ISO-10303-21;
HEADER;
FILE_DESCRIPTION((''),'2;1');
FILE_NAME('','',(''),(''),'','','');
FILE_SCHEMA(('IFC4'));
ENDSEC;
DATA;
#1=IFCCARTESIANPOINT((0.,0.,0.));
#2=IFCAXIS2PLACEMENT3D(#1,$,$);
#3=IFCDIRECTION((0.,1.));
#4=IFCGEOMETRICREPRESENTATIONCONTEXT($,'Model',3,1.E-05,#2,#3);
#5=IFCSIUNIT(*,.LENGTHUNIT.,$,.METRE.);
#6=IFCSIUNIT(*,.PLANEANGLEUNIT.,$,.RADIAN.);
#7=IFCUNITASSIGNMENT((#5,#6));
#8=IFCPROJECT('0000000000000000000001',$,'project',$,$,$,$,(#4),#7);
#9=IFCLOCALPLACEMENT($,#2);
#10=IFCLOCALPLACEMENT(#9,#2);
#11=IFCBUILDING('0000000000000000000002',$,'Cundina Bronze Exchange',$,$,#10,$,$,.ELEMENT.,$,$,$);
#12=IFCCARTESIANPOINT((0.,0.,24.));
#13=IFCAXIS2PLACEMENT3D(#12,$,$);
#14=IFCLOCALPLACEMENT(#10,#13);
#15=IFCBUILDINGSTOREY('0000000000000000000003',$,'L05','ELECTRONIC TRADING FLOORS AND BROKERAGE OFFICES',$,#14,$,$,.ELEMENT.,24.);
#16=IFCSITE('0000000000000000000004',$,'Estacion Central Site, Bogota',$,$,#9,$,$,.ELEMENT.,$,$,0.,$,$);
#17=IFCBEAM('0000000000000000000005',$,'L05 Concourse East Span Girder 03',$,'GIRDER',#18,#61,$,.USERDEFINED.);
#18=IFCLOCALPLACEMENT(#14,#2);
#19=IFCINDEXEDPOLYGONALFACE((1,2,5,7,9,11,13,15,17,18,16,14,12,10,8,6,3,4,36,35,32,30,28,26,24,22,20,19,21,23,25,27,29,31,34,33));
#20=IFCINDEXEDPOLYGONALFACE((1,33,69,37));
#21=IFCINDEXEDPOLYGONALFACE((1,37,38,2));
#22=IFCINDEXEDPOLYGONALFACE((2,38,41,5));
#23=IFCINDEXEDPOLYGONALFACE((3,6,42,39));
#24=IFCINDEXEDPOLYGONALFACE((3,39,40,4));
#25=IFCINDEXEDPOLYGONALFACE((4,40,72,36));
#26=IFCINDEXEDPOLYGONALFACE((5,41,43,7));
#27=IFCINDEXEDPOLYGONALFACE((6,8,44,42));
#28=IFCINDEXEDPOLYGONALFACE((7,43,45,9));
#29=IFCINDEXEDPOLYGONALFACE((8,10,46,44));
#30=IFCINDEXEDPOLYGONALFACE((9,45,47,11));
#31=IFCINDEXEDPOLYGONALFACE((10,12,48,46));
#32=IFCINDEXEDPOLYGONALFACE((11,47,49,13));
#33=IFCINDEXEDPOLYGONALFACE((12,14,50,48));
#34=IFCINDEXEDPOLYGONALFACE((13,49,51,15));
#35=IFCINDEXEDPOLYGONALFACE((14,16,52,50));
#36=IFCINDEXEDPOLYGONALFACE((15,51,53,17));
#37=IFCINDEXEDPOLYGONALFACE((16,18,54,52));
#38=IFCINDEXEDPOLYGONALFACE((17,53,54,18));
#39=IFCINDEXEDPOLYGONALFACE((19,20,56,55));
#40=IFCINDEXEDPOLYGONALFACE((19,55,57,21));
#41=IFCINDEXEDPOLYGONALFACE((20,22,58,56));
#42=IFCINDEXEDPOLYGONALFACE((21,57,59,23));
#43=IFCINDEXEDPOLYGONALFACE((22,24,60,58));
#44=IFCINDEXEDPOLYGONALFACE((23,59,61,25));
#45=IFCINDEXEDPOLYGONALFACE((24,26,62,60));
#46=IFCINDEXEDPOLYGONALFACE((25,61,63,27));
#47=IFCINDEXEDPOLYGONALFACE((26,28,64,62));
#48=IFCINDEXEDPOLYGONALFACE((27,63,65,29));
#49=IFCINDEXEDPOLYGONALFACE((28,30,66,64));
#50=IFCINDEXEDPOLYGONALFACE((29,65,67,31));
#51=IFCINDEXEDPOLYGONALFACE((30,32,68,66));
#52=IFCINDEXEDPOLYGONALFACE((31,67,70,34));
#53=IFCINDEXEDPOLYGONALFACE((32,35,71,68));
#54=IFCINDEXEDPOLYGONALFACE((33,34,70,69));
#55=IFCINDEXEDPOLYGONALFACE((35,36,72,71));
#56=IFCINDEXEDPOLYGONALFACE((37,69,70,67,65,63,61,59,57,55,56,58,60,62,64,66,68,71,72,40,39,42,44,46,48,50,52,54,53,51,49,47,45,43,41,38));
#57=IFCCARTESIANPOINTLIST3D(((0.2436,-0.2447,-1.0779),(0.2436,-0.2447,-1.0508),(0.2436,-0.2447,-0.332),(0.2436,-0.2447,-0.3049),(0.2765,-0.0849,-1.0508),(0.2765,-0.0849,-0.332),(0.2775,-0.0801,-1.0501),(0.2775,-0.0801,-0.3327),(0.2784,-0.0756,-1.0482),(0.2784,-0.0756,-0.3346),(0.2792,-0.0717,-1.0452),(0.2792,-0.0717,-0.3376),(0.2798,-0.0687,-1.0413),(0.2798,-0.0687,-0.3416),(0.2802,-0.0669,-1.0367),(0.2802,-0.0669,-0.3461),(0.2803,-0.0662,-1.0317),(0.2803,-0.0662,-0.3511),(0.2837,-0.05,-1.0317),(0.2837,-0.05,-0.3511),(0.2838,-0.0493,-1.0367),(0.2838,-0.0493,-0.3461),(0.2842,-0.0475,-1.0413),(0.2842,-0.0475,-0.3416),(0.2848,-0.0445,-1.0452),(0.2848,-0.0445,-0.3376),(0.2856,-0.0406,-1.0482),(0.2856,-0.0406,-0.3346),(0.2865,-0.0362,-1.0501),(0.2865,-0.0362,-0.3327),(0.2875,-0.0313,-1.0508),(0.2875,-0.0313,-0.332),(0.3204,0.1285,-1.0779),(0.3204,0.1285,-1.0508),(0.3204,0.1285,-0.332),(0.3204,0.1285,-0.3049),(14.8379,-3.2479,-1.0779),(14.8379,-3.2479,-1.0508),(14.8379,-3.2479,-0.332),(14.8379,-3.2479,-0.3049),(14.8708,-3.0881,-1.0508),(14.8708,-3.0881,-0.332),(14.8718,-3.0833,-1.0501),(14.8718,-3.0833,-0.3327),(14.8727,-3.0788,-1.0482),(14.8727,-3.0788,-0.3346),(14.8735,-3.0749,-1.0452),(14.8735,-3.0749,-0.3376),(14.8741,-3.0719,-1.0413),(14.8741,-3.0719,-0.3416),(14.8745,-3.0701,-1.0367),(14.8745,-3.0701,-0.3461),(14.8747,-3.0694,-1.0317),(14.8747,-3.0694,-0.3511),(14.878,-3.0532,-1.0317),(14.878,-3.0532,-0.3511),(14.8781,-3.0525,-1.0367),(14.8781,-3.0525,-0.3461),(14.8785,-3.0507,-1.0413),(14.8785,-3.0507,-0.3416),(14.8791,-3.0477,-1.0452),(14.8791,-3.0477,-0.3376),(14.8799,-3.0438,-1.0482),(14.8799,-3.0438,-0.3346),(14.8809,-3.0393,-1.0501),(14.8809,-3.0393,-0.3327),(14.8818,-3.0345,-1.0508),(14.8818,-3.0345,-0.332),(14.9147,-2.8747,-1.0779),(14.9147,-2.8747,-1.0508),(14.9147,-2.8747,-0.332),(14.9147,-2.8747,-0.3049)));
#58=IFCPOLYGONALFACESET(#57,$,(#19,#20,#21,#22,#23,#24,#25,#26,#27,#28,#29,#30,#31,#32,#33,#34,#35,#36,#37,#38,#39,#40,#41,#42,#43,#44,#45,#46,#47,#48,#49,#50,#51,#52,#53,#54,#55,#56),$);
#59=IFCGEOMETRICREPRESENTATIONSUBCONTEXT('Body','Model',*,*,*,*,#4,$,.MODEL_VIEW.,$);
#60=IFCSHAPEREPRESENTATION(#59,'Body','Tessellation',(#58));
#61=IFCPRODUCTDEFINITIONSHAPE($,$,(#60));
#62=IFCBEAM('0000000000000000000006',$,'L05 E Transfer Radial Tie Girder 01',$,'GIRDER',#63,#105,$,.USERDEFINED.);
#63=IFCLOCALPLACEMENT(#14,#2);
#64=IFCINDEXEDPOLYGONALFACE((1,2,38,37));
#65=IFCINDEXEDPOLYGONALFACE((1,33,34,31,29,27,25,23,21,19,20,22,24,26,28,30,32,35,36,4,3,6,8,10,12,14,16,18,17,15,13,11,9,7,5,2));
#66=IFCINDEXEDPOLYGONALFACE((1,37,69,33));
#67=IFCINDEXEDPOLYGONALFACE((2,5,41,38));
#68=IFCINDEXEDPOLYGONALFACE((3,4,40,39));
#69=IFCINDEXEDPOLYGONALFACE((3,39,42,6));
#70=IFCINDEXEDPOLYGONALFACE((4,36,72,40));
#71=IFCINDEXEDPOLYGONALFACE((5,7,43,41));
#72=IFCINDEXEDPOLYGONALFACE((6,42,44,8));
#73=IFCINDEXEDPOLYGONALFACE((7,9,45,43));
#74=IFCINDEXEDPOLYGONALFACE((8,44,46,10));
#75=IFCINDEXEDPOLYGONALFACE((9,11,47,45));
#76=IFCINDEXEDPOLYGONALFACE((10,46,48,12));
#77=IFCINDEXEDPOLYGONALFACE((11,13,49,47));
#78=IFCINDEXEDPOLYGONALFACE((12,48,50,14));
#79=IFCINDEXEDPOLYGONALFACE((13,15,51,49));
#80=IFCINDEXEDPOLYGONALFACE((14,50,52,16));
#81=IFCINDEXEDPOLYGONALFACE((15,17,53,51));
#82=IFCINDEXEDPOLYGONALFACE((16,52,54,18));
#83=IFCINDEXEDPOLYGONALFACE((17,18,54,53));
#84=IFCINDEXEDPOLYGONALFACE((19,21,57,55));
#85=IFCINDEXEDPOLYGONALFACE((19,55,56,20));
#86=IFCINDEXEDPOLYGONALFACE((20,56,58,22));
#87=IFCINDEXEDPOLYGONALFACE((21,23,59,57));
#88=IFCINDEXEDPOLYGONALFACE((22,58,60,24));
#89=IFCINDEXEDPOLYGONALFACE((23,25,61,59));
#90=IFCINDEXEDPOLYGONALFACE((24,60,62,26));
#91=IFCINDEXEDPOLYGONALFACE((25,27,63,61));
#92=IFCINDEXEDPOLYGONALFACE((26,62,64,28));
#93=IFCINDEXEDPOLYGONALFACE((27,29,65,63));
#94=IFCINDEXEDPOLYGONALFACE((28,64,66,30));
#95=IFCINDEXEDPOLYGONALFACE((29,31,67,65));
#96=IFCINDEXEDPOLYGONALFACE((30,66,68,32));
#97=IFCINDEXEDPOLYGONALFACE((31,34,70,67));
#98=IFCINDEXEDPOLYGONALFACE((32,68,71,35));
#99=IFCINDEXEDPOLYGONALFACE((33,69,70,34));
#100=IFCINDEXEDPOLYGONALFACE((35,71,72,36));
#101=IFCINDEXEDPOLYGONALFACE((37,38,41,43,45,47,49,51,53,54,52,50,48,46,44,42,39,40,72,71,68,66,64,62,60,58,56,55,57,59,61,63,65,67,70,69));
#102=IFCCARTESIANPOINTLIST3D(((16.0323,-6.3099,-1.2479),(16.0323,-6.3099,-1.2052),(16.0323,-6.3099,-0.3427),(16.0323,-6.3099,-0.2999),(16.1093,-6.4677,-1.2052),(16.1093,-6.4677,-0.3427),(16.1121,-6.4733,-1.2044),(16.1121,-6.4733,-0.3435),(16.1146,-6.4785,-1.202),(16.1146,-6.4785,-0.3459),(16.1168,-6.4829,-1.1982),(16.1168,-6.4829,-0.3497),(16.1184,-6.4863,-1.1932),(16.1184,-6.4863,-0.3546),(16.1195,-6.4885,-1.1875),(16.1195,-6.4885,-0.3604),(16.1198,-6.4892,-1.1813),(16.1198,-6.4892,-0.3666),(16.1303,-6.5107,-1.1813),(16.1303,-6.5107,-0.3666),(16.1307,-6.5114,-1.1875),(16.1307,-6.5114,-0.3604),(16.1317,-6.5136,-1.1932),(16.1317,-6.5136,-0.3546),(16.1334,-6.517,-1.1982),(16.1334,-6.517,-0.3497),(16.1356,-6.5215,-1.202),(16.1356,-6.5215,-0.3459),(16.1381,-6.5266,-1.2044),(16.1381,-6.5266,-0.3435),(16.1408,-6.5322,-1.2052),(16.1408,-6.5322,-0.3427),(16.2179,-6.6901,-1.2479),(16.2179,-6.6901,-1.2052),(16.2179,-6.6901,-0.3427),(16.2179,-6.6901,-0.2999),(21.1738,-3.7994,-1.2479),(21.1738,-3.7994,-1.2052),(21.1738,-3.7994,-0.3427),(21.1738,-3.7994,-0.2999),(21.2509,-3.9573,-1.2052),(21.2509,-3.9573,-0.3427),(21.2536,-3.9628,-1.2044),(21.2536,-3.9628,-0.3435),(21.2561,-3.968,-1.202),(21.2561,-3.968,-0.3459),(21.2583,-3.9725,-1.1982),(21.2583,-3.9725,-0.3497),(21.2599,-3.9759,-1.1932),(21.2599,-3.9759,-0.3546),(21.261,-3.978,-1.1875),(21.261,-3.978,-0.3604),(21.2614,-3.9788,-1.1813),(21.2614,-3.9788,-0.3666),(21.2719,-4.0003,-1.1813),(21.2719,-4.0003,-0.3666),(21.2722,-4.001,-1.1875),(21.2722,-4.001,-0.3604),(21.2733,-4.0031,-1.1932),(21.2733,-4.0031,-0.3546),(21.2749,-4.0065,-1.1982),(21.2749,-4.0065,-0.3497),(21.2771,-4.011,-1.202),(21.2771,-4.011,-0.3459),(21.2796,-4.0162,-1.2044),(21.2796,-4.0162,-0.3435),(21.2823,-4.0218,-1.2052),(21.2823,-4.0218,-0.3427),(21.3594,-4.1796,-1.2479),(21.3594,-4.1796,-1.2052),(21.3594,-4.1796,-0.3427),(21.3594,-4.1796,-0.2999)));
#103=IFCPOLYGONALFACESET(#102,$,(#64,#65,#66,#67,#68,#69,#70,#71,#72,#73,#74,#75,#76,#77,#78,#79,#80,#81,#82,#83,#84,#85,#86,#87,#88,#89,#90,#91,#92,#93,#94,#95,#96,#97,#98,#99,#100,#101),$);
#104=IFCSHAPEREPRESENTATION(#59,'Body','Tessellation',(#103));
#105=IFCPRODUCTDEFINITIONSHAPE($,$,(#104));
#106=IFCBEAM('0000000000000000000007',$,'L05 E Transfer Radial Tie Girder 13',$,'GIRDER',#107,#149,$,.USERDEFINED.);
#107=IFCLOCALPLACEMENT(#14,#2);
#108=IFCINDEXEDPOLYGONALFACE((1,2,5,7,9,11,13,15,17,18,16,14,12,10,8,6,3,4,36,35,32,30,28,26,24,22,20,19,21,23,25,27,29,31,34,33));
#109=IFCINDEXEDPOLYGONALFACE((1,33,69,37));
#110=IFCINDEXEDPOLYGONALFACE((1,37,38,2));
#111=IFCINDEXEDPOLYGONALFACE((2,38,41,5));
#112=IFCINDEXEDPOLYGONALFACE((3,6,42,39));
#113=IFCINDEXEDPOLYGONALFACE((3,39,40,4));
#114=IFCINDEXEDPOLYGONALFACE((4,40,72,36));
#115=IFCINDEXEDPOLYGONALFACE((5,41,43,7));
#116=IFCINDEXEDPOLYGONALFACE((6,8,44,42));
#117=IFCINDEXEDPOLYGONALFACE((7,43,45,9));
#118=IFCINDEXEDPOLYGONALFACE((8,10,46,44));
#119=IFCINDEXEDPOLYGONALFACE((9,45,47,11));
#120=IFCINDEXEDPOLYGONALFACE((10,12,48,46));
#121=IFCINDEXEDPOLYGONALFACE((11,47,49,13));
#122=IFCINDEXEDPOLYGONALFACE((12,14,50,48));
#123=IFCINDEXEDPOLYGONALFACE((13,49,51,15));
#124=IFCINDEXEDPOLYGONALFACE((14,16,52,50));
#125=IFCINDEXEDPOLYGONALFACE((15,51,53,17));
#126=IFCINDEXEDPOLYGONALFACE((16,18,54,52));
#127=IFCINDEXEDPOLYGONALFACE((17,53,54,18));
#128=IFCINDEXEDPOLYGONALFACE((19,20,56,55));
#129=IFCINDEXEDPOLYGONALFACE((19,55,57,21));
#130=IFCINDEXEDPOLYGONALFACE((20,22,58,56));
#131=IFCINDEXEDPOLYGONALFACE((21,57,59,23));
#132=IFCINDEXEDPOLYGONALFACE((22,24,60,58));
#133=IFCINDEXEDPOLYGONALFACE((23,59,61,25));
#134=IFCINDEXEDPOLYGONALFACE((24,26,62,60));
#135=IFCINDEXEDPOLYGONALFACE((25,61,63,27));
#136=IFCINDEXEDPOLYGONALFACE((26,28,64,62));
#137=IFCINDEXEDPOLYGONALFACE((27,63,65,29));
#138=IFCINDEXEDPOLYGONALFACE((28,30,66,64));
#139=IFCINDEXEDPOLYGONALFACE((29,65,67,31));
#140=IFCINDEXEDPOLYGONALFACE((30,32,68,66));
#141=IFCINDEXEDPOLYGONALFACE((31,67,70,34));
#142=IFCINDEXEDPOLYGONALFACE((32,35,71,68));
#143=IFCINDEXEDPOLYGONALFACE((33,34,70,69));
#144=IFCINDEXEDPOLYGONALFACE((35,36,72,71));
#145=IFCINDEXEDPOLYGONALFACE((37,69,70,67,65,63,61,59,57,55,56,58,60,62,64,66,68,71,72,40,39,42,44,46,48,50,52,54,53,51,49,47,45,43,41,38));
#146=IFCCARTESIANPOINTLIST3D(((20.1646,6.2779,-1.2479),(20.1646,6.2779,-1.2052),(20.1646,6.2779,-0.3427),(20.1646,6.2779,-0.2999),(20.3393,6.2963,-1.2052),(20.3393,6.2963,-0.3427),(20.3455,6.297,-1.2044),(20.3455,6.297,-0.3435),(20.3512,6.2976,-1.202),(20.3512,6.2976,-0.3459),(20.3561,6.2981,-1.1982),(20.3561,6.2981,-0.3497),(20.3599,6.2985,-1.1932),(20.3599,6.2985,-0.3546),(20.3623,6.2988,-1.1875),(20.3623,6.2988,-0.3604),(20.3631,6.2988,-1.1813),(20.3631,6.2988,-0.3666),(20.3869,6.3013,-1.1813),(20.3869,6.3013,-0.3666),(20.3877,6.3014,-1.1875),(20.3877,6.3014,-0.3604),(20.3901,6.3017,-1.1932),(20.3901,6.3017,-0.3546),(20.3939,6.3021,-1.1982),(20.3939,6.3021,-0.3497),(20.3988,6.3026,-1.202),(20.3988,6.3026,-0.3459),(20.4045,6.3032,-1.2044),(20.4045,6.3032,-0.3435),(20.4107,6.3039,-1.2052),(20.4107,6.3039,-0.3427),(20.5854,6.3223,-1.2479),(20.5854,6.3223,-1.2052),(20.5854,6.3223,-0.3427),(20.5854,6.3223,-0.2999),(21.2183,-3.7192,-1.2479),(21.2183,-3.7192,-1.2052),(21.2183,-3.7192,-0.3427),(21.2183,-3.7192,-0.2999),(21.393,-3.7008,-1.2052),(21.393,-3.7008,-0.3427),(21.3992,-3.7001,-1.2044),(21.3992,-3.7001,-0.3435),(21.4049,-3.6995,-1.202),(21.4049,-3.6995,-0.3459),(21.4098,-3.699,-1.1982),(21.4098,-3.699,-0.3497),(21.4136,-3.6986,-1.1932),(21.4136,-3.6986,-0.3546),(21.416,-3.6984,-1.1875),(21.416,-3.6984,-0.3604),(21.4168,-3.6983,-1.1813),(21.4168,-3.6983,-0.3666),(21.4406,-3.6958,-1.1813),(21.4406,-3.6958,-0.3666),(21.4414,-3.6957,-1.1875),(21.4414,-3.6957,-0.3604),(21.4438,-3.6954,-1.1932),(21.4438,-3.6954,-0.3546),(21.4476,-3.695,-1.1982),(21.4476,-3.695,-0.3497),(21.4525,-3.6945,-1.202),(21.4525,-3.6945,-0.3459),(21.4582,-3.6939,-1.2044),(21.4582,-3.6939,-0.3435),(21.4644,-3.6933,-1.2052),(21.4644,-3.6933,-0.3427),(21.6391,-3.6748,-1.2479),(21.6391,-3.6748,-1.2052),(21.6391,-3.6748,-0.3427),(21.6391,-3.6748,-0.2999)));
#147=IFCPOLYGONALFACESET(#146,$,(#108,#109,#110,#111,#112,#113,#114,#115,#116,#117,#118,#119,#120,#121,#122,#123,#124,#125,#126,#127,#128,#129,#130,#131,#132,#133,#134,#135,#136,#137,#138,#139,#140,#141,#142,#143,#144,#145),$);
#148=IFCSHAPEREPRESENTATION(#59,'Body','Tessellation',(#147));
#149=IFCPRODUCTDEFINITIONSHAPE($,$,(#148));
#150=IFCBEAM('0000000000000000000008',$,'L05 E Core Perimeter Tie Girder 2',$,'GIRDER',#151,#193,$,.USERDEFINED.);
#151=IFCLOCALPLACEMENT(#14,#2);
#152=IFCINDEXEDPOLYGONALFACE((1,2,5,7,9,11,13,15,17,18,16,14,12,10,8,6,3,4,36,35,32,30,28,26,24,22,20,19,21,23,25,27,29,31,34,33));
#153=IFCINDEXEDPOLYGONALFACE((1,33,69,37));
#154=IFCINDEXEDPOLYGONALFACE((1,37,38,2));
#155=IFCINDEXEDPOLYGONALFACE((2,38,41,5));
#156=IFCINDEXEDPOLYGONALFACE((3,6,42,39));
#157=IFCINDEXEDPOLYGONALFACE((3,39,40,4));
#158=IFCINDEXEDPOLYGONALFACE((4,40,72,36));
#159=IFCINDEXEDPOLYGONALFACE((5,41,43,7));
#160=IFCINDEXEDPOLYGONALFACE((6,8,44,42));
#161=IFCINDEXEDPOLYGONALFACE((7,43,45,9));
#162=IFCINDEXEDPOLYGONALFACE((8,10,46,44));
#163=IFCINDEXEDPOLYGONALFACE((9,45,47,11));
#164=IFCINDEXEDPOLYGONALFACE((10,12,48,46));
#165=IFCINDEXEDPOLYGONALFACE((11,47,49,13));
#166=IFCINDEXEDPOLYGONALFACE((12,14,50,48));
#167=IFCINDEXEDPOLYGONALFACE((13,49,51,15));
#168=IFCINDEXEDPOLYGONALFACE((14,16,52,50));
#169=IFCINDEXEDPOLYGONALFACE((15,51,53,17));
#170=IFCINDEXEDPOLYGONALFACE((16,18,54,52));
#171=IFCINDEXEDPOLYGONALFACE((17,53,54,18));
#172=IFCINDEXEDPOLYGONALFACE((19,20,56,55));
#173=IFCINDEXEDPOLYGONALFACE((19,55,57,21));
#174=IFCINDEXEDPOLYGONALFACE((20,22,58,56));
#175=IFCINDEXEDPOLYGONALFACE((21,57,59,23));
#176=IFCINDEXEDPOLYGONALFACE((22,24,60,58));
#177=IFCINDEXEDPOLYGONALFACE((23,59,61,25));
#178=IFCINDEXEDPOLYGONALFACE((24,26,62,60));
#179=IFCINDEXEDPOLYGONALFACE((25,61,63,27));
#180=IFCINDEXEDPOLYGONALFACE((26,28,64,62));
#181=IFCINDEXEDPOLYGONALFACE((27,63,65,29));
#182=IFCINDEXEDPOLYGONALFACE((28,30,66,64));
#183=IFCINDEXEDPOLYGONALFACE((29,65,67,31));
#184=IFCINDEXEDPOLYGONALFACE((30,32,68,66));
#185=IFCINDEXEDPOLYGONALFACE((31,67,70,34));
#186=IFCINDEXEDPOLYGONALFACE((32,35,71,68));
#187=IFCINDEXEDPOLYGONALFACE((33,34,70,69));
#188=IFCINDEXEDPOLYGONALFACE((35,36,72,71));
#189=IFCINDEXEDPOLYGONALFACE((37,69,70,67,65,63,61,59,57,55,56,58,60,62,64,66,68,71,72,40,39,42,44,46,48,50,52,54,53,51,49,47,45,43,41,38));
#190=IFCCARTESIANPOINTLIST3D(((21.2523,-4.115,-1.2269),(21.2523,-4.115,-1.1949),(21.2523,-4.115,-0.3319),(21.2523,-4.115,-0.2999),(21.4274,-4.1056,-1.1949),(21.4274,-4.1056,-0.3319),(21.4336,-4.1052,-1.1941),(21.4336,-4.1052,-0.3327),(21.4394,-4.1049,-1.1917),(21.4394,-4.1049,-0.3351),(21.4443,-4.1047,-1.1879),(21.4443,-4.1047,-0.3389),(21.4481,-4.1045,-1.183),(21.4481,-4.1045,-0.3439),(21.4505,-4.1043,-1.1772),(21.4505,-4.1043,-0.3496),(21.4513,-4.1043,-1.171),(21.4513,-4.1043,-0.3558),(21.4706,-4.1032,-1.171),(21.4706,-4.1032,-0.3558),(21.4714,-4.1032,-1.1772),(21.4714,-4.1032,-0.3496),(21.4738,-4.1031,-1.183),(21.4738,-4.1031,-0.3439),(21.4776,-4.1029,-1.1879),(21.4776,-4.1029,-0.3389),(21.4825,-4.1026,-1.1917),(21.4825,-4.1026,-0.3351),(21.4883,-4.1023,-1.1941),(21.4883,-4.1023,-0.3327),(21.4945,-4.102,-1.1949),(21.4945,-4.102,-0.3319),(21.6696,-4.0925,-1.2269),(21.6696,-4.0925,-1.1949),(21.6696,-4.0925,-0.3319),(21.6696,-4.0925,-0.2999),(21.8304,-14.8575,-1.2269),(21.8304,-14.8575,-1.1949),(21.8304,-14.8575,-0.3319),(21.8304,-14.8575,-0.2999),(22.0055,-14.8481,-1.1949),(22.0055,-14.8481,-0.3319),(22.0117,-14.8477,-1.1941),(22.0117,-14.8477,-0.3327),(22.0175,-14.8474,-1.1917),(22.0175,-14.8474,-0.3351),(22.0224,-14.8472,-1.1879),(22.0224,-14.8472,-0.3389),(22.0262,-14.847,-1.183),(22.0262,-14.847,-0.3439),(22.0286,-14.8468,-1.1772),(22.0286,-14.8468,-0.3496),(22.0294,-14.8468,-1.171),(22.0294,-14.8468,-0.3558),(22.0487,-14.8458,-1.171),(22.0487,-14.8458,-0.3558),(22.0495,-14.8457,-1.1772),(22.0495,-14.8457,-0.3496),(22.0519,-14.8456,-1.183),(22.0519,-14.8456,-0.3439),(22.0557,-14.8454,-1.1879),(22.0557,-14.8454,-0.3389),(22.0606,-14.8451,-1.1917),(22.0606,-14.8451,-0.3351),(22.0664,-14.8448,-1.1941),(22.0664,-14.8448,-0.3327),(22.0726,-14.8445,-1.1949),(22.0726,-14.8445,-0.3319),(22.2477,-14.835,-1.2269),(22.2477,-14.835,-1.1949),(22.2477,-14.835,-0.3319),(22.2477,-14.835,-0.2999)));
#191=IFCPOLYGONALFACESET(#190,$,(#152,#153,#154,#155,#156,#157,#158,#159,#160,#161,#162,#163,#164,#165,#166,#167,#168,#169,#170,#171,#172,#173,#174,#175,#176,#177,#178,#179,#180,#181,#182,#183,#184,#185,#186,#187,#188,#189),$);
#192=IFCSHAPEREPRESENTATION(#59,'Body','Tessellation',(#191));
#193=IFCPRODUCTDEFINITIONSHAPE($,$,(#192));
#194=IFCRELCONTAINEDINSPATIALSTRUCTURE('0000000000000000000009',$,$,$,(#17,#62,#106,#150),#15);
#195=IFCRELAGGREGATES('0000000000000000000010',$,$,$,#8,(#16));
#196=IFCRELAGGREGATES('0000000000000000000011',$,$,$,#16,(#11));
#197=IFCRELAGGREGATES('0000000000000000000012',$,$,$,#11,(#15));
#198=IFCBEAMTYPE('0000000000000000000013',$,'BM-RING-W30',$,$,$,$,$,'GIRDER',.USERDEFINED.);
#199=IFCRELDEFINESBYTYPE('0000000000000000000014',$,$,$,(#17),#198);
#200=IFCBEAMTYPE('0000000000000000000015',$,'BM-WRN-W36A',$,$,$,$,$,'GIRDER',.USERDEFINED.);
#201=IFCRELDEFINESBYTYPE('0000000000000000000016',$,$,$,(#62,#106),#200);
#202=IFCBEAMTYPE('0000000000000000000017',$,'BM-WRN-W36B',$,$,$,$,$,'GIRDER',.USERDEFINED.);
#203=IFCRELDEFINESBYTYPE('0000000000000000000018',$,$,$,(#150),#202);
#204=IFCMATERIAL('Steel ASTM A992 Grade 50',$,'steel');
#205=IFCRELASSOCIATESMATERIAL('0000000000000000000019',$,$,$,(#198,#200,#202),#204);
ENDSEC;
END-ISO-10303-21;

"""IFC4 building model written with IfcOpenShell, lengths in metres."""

from ifc_helpers import new_model, si_unit, direction, frame, origin, origin_2d, place, context, subcontext, project, spatial, i_section, extrude, material, material_profile, profile_set, type_object, element, save


model = new_model("IFC4")

# Units and contexts
model_context = context("Model", 3, precision=1e-05, world=origin(), true_north=direction((0.0, 1.0)))
body_context = subcontext(model_context, "Body", "Model", "MODEL_VIEW")
ifc_project = project(units=[si_unit("LENGTHUNIT", "METRE"), si_unit("PLANEANGLEUNIT", "RADIAN")], contexts=[model_context])

# Site, building, storey
site_placement = place(None, origin())
site = spatial("IfcSite", under=ifc_project, at=site_placement, Name="Estacion Central Site, Bogota", CompositionType="ELEMENT", RefElevation=0.0)
building_placement = place(site_placement, origin())
building = spatial("IfcBuilding", under=site, at=building_placement, Name="Cundina Bronze Exchange", CompositionType="ELEMENT")
storey_placement = place(building_placement, frame((0.0, 0.0, 24.0)))
storey = spatial("IfcBuildingStorey", under=building, at=storey_placement, Name="L05", Description="ELECTRONIC TRADING FLOORS AND BROKERAGE OFFICES", CompositionType="ELEMENT", Elevation=24.0)

# Shared definitions
ifc_material_1 = material(Name="Steel ASTM A992 Grade 50", Category="steel")

# Beams
ifc_material_profile_1 = material_profile(ifc_material_1, i_section(OverallWidth=0.3811, OverallDepth=0.7729, WebThickness=0.0166, FlangeThickness=0.0271, FilletRadius=0.019, at=origin_2d()), Name="W30X173", Category="steel")
ifc_profile_set_1 = profile_set([ifc_material_profile_1], Name="Steel ASTM A992 Grade 50")
beam_type_1 = type_object("IfcBeamType", Name="BM-RING-W30", ElementType="GIRDER", PredefinedType="USERDEFINED", material=ifc_profile_set_1)
beam_1_placement = place(storey_placement, frame((0.282, -0.0581, -0.6914), z_axis=(0.979477, -0.201555, 0.0), x_axis=(0.201555, 0.979477, 0.0)))
element("IfcBeam", 1, at=beam_1_placement, inside=storey, type_object=beam_type_1, Name="L05 Concourse East Span Girder 03", ObjectType="GIRDER", PredefinedType="USERDEFINED", context=body_context, shape_type="SweptSolid", body=[
    extrude(i_section(OverallWidth=0.3811, OverallDepth=0.7729, WebThickness=0.0166, FlangeThickness=0.0271, FilletRadius=0.019, at=origin_2d()), origin(), (0.0, 0.0, 1.0), 14.9001),
])
ifc_material_profile_2 = material_profile(ifc_material_1, i_section(OverallWidth=0.4231, OverallDepth=0.948, WebThickness=0.0239, FlangeThickness=0.0427, FilletRadius=0.0239, at=origin_2d()), Name="W36X302", Category="steel")
ifc_profile_set_2 = profile_set([ifc_material_profile_2], Name="Steel ASTM A992 Grade 50")
beam_type_2 = type_object("IfcBeamType", Name="BM-WRN-W36A", ElementType="GIRDER", PredefinedType="USERDEFINED", material=ifc_profile_set_2)
beam_2_placement = place(storey_placement, frame((21.2666, -3.9895, -0.7739), z_axis=(-0.898603, -0.438762, 0.0), x_axis=(0.438762, -0.898603, 0.0)))
element("IfcBeam", 2, at=beam_2_placement, inside=storey, type_object=beam_type_2, Name="L05 E Transfer Radial Tie Girder 01", ObjectType="GIRDER", PredefinedType="USERDEFINED", context=body_context, shape_type="SweptSolid", body=[
    extrude(i_section(OverallWidth=0.4231, OverallDepth=0.948, WebThickness=0.0239, FlangeThickness=0.0427, FilletRadius=0.0239, at=origin_2d()), origin(), (0.0, 0.0, 1.0), 5.7217),
])
beam_3_placement = place(storey_placement, frame((21.4287, -3.697, -0.7739), z_axis=(-0.104821, 0.994491, 0.0), x_axis=(-0.994491, -0.104821, 0.0)))
element("IfcBeam", 3, at=beam_3_placement, inside=storey, type_object=beam_type_2, Name="L05 E Transfer Radial Tie Girder 13", ObjectType="GIRDER", PredefinedType="USERDEFINED", context=body_context, shape_type="SweptSolid", body=[
    extrude(i_section(OverallWidth=0.4231, OverallDepth=0.948, WebThickness=0.0239, FlangeThickness=0.0427, FilletRadius=0.0239, at=origin_2d()), origin(), (0.0, 0.0, 1.0), 10.0525),
])
ifc_material_profile_3 = material_profile(ifc_material_1, i_section(OverallWidth=0.418, OverallDepth=0.927, WebThickness=0.0193, FlangeThickness=0.032, FilletRadius=0.0239, at=origin_2d()), Name="W36X231", Category="steel")
ifc_profile_set_3 = profile_set([ifc_material_profile_3], Name="Steel ASTM A992 Grade 50")
beam_type_3 = type_object("IfcBeamType", Name="BM-WRN-W36B", ElementType="GIRDER", PredefinedType="USERDEFINED", material=ifc_profile_set_3)
beam_4_placement = place(storey_placement, frame((21.4609, -4.1038, -0.7634), z_axis=(0.053739, -0.998555, 0.0), x_axis=(0.998555, 0.053739, 0.0)))
element("IfcBeam", 4, at=beam_4_placement, inside=storey, type_object=beam_type_3, Name="L05 E Core Perimeter Tie Girder 2", ObjectType="GIRDER", PredefinedType="USERDEFINED", context=body_context, shape_type="SweptSolid", body=[
    extrude(i_section(OverallWidth=0.418, OverallDepth=0.927, WebThickness=0.0193, FlangeThickness=0.032, FilletRadius=0.0239, at=origin_2d()), origin(), (0.0, 0.0, 1.0), 10.7581),
])

save(model, "model.ifc")
